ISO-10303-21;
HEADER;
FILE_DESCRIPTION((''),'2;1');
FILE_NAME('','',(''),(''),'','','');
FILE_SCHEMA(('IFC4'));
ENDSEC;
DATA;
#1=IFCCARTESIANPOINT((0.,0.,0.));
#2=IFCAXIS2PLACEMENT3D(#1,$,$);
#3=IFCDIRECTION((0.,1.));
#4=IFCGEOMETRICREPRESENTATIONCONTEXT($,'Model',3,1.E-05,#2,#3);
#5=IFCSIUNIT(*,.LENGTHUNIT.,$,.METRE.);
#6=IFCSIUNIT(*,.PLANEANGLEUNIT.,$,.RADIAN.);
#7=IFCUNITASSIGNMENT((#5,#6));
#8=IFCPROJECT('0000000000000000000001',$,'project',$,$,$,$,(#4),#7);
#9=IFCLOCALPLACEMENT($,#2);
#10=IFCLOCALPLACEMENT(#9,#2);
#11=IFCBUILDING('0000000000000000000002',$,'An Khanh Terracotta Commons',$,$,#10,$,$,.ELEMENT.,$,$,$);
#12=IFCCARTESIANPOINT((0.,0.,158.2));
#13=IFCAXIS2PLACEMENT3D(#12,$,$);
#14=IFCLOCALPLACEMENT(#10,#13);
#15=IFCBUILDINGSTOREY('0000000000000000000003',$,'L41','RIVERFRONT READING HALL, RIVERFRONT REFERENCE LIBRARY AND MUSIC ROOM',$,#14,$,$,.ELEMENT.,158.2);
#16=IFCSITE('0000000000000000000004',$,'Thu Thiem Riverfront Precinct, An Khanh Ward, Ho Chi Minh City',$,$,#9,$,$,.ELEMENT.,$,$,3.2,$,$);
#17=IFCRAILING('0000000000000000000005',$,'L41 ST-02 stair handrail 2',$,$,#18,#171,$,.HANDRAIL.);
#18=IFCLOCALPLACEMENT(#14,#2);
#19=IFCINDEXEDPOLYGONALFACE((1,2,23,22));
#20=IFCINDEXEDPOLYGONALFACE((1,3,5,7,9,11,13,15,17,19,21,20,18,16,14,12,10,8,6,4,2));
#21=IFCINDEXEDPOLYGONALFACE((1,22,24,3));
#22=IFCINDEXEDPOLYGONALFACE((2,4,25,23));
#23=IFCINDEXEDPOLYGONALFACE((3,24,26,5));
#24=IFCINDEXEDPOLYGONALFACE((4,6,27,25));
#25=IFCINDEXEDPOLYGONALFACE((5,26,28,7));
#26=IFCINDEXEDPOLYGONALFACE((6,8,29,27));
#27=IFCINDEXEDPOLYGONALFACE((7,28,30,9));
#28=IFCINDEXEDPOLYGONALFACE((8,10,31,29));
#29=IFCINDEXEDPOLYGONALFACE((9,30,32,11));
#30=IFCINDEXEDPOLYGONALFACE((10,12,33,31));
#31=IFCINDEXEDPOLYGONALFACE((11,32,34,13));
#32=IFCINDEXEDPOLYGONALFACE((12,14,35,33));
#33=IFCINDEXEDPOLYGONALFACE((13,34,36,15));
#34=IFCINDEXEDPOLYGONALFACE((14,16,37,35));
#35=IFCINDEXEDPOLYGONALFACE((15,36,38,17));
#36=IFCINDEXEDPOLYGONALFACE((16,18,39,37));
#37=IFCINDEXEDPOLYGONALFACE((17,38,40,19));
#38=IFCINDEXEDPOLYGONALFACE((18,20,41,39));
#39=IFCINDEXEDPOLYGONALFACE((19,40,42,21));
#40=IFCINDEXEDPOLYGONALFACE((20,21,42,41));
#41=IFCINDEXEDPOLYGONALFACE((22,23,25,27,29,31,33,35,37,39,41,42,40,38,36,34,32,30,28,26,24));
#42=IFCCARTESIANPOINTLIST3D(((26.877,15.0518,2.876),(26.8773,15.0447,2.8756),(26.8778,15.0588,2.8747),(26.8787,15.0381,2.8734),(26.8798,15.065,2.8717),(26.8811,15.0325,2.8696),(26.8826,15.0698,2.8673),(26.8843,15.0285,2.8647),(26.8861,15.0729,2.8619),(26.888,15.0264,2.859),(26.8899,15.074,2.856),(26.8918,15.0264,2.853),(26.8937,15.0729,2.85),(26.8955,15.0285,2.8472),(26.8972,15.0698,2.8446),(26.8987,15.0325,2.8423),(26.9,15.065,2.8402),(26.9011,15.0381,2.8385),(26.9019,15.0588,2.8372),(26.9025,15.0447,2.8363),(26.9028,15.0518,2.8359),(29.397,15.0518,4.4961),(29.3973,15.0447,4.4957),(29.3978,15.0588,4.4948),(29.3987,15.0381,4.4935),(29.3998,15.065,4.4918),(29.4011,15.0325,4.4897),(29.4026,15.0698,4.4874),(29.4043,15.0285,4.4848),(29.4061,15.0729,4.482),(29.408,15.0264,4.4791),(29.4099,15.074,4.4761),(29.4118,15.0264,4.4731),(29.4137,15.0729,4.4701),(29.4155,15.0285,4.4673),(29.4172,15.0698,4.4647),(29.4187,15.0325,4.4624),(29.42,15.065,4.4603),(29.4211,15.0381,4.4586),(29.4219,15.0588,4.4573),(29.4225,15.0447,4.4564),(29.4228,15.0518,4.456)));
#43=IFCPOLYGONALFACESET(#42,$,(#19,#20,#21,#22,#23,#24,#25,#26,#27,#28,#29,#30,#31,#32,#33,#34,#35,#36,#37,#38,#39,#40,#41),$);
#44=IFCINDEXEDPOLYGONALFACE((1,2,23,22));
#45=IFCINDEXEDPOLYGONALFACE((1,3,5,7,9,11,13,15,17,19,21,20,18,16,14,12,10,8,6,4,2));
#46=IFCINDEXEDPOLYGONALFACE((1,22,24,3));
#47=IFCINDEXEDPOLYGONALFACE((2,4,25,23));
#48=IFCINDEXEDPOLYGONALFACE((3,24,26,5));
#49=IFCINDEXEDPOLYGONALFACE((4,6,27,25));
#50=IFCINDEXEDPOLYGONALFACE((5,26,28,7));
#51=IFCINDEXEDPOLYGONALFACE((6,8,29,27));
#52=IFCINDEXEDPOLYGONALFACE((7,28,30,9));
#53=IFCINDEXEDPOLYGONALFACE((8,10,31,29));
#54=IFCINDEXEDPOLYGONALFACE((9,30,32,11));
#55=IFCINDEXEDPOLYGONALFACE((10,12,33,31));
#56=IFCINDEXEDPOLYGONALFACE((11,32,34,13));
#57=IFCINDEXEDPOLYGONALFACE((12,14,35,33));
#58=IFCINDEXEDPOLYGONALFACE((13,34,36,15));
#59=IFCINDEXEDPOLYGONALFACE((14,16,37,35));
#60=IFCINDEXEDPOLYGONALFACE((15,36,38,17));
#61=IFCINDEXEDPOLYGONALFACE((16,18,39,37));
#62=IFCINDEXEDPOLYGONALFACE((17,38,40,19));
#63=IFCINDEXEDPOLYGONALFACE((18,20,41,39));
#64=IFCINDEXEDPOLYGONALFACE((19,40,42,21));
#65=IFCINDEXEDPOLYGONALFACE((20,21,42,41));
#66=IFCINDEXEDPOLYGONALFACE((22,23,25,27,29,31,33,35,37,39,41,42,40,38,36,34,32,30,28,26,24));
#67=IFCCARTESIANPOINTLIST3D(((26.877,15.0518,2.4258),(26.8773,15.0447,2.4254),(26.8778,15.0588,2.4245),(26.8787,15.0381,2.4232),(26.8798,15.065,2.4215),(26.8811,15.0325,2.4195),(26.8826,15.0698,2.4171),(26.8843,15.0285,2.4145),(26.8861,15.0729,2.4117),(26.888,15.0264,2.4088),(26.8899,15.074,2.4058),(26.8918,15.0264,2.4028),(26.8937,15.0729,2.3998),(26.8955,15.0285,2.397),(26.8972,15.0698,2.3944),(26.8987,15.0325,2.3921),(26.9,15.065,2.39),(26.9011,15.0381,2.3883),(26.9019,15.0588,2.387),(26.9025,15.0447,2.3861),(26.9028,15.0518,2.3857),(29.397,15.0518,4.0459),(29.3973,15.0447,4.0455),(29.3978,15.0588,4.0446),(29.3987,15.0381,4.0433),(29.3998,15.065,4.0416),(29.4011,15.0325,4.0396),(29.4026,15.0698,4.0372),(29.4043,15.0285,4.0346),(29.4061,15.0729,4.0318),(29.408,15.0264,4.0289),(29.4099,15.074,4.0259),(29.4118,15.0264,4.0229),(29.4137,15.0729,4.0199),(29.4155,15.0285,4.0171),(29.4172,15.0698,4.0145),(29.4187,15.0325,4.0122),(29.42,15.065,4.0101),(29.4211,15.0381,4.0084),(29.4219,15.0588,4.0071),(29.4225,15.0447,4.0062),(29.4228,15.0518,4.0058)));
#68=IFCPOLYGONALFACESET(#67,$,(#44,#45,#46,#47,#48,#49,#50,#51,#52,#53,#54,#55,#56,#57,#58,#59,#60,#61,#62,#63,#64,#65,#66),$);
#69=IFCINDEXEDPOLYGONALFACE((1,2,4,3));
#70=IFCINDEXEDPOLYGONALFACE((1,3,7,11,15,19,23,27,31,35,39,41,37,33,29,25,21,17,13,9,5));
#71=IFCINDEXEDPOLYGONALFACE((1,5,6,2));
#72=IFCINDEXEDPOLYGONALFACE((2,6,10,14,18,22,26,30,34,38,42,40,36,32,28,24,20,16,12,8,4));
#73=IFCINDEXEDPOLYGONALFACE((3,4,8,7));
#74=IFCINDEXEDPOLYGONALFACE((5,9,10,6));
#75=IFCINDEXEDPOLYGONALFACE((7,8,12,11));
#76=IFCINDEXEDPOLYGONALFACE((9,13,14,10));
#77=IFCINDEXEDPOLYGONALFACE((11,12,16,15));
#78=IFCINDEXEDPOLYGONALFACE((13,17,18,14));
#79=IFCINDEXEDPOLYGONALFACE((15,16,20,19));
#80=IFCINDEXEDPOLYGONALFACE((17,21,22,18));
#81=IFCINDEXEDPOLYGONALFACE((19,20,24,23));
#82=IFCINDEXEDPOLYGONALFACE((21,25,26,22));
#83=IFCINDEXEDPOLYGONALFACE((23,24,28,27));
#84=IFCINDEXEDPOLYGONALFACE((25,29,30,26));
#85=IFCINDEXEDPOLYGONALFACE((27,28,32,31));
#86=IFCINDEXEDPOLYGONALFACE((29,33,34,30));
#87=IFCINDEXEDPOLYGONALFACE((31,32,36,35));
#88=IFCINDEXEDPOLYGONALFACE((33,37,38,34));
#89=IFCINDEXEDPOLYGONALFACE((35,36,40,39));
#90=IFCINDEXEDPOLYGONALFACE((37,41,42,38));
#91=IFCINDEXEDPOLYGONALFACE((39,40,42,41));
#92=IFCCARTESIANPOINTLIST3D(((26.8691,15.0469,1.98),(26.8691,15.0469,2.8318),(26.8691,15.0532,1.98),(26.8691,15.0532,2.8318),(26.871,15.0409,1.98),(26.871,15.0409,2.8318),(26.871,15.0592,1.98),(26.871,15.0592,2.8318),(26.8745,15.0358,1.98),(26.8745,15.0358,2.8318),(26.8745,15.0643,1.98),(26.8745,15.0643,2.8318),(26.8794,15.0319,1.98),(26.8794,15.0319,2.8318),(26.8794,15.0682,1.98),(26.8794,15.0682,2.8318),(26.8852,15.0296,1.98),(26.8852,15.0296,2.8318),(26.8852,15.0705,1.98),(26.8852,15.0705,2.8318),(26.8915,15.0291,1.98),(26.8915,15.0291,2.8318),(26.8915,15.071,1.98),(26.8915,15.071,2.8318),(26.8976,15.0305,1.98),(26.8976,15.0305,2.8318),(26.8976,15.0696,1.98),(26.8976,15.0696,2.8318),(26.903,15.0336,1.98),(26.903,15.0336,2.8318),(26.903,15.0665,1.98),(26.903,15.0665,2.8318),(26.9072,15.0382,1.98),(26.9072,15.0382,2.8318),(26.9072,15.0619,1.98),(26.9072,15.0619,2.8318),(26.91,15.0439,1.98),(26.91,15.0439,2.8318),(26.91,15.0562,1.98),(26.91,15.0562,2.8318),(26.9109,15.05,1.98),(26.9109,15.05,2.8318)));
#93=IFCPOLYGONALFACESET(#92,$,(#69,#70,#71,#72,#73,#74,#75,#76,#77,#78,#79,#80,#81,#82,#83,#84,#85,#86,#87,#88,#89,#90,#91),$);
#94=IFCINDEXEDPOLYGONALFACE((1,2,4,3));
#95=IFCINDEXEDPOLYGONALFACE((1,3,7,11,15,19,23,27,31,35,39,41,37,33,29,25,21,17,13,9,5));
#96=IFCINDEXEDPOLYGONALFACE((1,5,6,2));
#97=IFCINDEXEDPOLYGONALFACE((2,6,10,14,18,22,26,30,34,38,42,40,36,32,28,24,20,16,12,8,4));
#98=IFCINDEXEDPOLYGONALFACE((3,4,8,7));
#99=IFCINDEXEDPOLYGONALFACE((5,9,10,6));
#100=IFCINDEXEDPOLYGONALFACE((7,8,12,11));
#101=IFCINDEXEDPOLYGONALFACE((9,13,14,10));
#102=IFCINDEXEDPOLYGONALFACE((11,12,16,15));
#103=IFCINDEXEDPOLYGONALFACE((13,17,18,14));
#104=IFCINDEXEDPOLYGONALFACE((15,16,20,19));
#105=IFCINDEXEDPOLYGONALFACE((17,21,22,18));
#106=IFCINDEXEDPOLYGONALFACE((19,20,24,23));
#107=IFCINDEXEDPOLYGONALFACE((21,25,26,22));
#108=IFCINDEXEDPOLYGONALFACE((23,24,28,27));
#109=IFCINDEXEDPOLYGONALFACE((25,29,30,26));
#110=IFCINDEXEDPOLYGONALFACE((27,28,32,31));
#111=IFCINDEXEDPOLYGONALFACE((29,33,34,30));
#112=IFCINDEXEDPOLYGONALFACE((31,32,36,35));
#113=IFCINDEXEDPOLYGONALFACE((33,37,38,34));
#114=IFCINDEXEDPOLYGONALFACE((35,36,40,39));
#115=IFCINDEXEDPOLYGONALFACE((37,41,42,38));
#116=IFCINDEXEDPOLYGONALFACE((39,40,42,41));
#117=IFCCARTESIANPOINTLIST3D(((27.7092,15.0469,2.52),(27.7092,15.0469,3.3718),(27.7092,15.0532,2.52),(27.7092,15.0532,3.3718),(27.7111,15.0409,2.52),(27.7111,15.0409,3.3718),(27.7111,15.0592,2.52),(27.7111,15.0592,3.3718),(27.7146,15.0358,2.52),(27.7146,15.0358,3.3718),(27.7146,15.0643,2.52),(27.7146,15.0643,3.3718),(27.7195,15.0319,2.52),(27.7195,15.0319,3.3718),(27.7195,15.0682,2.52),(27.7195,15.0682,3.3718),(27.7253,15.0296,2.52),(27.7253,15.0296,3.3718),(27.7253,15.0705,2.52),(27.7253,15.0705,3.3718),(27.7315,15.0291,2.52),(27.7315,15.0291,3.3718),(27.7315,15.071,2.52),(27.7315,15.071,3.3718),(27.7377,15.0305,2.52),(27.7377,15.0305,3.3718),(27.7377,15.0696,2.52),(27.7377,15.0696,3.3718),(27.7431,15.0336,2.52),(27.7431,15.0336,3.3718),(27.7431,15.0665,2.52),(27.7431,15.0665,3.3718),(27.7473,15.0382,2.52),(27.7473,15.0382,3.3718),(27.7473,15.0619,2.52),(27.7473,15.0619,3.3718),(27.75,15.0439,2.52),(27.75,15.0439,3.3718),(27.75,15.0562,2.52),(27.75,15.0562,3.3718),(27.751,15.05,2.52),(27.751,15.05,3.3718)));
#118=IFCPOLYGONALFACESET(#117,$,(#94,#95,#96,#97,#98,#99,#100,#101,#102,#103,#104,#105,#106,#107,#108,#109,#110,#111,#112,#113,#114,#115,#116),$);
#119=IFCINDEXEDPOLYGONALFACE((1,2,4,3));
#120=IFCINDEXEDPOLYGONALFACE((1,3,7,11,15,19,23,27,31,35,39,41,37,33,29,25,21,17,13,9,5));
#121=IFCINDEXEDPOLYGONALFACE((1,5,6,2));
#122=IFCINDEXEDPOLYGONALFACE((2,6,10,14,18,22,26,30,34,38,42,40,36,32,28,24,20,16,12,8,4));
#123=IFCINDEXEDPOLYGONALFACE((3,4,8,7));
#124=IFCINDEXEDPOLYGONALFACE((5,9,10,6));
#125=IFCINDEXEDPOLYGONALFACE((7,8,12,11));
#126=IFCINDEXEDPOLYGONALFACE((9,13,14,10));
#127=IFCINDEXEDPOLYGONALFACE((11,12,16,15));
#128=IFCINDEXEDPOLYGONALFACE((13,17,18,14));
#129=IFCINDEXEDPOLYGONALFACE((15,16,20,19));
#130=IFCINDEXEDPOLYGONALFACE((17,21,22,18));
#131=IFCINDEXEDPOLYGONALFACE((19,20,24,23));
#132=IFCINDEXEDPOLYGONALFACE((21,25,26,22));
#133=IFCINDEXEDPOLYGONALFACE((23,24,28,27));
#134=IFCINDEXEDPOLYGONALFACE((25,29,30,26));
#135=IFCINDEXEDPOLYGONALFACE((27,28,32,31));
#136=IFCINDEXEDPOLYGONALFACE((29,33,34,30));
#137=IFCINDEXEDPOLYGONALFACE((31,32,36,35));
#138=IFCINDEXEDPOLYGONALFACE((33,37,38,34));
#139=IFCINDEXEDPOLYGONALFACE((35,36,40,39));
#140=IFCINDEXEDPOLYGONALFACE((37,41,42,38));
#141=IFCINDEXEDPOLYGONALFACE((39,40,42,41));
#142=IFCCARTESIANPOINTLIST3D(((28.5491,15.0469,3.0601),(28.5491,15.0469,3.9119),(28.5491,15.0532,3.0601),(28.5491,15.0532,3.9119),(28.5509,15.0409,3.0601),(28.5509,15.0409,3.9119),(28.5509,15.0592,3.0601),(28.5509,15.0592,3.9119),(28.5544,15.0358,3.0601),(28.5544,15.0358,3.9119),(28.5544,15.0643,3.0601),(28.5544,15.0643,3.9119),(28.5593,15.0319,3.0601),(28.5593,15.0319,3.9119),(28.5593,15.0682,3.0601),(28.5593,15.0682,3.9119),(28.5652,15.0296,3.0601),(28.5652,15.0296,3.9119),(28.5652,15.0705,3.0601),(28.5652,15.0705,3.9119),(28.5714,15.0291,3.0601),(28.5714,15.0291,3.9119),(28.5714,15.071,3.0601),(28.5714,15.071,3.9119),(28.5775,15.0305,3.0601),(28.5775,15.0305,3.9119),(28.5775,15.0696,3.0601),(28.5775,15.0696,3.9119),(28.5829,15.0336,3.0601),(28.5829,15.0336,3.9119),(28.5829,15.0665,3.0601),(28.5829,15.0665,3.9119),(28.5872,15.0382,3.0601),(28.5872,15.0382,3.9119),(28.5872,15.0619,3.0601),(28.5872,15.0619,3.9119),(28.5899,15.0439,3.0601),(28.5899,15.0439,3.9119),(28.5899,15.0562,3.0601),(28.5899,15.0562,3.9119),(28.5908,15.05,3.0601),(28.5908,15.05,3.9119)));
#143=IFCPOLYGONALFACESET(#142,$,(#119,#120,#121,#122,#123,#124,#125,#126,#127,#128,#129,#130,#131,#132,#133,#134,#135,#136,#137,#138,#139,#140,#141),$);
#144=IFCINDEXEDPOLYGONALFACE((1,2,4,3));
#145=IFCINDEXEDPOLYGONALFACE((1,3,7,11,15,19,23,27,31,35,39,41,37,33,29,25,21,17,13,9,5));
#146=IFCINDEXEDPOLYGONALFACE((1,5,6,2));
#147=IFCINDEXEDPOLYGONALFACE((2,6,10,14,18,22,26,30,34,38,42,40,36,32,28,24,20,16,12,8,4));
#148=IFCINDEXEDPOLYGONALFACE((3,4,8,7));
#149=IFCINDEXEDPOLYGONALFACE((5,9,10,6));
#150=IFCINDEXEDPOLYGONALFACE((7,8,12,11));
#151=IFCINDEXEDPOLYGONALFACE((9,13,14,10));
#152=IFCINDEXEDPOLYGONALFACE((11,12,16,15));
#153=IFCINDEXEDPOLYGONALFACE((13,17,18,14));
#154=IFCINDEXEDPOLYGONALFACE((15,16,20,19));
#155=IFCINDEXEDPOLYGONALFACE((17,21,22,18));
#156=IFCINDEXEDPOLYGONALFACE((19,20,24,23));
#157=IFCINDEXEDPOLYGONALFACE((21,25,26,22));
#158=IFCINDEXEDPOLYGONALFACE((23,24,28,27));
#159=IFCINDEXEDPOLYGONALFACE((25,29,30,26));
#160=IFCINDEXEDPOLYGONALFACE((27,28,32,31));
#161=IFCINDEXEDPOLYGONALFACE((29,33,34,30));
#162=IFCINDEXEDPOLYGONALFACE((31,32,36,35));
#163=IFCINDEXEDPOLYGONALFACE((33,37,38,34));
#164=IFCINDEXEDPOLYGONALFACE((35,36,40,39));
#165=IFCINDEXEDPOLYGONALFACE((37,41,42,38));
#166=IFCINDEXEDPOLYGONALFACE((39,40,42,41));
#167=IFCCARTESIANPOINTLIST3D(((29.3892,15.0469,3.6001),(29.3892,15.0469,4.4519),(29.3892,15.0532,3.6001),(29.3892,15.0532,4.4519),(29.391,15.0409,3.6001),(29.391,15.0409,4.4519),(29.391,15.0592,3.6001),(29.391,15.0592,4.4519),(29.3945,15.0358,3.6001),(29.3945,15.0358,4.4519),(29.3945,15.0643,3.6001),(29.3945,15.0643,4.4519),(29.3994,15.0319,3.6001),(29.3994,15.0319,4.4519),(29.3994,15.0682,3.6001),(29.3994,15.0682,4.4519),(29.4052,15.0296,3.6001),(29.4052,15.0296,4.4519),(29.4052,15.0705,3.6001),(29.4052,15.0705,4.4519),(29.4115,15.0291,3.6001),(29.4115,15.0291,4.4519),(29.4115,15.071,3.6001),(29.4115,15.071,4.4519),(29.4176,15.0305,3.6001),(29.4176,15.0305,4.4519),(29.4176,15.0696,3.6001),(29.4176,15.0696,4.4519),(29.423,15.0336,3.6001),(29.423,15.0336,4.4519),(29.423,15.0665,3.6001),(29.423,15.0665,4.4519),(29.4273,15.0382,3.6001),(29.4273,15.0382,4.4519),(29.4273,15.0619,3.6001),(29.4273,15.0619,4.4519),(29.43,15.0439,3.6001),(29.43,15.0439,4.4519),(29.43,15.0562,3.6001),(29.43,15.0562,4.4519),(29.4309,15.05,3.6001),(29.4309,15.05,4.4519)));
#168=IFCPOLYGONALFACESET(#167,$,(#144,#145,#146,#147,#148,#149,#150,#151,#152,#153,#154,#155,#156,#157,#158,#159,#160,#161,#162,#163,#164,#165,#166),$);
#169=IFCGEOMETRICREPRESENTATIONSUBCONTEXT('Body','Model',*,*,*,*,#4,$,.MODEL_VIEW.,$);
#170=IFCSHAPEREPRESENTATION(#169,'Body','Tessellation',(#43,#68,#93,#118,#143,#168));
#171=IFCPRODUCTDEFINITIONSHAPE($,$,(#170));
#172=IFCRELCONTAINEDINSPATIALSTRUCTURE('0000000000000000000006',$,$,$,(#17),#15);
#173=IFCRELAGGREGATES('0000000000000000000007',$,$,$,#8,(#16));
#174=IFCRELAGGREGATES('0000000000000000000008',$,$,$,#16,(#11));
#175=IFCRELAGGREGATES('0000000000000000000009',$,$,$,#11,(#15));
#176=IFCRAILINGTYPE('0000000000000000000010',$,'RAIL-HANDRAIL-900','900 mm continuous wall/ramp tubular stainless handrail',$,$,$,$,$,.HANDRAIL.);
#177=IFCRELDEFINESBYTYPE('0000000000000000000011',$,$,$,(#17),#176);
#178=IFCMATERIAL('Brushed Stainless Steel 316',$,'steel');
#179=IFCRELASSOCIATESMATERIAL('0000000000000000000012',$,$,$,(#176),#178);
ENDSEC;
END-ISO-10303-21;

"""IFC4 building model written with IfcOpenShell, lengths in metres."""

from ifc_helpers import new_model, si_unit, direction, frame, origin, origin_2d, place, context, subcontext, project, spatial, circle, extrude, material, type_object, element, save


model = new_model("IFC4")

# Units and contexts
model_context = context("Model", 3, precision=1e-05, world=origin(), true_north=direction((0.0, 1.0)))
body_context = subcontext(model_context, "Body", "Model", "MODEL_VIEW")
ifc_project = project(units=[si_unit("LENGTHUNIT", "METRE"), si_unit("PLANEANGLEUNIT", "RADIAN")], contexts=[model_context])

# Site, building, storey
site_placement = place(None, origin())
site = spatial("IfcSite", under=ifc_project, at=site_placement, Name="Thu Thiem Riverfront Precinct, An Khanh Ward, Ho Chi Minh City", CompositionType="ELEMENT", RefElevation=3.2)
building_placement = place(site_placement, origin())
building = spatial("IfcBuilding", under=site, at=building_placement, Name="An Khanh Terracotta Commons", CompositionType="ELEMENT")
storey_placement = place(building_placement, frame((0.0, 0.0, 158.2)))
storey = spatial("IfcBuildingStorey", under=building, at=storey_placement, Name="L41", Description="RIVERFRONT READING HALL, RIVERFRONT REFERENCE LIBRARY AND MUSIC ROOM", CompositionType="ELEMENT", Elevation=158.2)

# Railing
ifc_material_1 = material(Name="Brushed Stainless Steel 316", Category="steel")
railing_type_1 = type_object("IfcRailingType", Name="RAIL-HANDRAIL-900", Description="900 mm continuous wall/ramp tubular stainless handrail", PredefinedType="HANDRAIL", material=ifc_material_1)
railing_1_placement = place(storey_placement, frame((26.8899, 15.05, 1.98)))
element("IfcRailing", 1, at=railing_1_placement, inside=storey, type_object=railing_type_1, Name="L41 ST-02 stair handrail 2", PredefinedType="HANDRAIL", context=body_context, shape_type="SweptSolid", body=[
    extrude(circle(Radius=0.0239, at=origin_2d()), frame((0.0, 0.0, 0.876), z_axis=(0.841163, 0.0, 0.540782), x_axis=(0.0, 1.0, 0.0)), (0.0, 0.0, 1.0), 2.9958),
    extrude(circle(Radius=0.0239, at=origin_2d()), frame((0.0, 0.0, 0.4258), z_axis=(0.841163, 0.0, 0.540782), x_axis=(0.0, 1.0, 0.0)), (0.0, 0.0, 1.0), 2.9958),
    extrude(circle(Radius=0.021, at=origin_2d()), origin(), (0.0, 0.0, 1.0), 0.8518),
    extrude(circle(Radius=0.021, at=origin_2d()), frame((0.8401, 0.0, 0.54)), (0.0, 0.0, 1.0), 0.8518),
    extrude(circle(Radius=0.021, at=origin_2d()), frame((1.6799, 0.0, 1.0801)), (0.0, 0.0, 1.0), 0.8518),
    extrude(circle(Radius=0.021, at=origin_2d()), frame((2.52, 0.0, 1.6201)), (0.0, 0.0, 1.0), 0.8518),
])

save(model, "model.ifc")
